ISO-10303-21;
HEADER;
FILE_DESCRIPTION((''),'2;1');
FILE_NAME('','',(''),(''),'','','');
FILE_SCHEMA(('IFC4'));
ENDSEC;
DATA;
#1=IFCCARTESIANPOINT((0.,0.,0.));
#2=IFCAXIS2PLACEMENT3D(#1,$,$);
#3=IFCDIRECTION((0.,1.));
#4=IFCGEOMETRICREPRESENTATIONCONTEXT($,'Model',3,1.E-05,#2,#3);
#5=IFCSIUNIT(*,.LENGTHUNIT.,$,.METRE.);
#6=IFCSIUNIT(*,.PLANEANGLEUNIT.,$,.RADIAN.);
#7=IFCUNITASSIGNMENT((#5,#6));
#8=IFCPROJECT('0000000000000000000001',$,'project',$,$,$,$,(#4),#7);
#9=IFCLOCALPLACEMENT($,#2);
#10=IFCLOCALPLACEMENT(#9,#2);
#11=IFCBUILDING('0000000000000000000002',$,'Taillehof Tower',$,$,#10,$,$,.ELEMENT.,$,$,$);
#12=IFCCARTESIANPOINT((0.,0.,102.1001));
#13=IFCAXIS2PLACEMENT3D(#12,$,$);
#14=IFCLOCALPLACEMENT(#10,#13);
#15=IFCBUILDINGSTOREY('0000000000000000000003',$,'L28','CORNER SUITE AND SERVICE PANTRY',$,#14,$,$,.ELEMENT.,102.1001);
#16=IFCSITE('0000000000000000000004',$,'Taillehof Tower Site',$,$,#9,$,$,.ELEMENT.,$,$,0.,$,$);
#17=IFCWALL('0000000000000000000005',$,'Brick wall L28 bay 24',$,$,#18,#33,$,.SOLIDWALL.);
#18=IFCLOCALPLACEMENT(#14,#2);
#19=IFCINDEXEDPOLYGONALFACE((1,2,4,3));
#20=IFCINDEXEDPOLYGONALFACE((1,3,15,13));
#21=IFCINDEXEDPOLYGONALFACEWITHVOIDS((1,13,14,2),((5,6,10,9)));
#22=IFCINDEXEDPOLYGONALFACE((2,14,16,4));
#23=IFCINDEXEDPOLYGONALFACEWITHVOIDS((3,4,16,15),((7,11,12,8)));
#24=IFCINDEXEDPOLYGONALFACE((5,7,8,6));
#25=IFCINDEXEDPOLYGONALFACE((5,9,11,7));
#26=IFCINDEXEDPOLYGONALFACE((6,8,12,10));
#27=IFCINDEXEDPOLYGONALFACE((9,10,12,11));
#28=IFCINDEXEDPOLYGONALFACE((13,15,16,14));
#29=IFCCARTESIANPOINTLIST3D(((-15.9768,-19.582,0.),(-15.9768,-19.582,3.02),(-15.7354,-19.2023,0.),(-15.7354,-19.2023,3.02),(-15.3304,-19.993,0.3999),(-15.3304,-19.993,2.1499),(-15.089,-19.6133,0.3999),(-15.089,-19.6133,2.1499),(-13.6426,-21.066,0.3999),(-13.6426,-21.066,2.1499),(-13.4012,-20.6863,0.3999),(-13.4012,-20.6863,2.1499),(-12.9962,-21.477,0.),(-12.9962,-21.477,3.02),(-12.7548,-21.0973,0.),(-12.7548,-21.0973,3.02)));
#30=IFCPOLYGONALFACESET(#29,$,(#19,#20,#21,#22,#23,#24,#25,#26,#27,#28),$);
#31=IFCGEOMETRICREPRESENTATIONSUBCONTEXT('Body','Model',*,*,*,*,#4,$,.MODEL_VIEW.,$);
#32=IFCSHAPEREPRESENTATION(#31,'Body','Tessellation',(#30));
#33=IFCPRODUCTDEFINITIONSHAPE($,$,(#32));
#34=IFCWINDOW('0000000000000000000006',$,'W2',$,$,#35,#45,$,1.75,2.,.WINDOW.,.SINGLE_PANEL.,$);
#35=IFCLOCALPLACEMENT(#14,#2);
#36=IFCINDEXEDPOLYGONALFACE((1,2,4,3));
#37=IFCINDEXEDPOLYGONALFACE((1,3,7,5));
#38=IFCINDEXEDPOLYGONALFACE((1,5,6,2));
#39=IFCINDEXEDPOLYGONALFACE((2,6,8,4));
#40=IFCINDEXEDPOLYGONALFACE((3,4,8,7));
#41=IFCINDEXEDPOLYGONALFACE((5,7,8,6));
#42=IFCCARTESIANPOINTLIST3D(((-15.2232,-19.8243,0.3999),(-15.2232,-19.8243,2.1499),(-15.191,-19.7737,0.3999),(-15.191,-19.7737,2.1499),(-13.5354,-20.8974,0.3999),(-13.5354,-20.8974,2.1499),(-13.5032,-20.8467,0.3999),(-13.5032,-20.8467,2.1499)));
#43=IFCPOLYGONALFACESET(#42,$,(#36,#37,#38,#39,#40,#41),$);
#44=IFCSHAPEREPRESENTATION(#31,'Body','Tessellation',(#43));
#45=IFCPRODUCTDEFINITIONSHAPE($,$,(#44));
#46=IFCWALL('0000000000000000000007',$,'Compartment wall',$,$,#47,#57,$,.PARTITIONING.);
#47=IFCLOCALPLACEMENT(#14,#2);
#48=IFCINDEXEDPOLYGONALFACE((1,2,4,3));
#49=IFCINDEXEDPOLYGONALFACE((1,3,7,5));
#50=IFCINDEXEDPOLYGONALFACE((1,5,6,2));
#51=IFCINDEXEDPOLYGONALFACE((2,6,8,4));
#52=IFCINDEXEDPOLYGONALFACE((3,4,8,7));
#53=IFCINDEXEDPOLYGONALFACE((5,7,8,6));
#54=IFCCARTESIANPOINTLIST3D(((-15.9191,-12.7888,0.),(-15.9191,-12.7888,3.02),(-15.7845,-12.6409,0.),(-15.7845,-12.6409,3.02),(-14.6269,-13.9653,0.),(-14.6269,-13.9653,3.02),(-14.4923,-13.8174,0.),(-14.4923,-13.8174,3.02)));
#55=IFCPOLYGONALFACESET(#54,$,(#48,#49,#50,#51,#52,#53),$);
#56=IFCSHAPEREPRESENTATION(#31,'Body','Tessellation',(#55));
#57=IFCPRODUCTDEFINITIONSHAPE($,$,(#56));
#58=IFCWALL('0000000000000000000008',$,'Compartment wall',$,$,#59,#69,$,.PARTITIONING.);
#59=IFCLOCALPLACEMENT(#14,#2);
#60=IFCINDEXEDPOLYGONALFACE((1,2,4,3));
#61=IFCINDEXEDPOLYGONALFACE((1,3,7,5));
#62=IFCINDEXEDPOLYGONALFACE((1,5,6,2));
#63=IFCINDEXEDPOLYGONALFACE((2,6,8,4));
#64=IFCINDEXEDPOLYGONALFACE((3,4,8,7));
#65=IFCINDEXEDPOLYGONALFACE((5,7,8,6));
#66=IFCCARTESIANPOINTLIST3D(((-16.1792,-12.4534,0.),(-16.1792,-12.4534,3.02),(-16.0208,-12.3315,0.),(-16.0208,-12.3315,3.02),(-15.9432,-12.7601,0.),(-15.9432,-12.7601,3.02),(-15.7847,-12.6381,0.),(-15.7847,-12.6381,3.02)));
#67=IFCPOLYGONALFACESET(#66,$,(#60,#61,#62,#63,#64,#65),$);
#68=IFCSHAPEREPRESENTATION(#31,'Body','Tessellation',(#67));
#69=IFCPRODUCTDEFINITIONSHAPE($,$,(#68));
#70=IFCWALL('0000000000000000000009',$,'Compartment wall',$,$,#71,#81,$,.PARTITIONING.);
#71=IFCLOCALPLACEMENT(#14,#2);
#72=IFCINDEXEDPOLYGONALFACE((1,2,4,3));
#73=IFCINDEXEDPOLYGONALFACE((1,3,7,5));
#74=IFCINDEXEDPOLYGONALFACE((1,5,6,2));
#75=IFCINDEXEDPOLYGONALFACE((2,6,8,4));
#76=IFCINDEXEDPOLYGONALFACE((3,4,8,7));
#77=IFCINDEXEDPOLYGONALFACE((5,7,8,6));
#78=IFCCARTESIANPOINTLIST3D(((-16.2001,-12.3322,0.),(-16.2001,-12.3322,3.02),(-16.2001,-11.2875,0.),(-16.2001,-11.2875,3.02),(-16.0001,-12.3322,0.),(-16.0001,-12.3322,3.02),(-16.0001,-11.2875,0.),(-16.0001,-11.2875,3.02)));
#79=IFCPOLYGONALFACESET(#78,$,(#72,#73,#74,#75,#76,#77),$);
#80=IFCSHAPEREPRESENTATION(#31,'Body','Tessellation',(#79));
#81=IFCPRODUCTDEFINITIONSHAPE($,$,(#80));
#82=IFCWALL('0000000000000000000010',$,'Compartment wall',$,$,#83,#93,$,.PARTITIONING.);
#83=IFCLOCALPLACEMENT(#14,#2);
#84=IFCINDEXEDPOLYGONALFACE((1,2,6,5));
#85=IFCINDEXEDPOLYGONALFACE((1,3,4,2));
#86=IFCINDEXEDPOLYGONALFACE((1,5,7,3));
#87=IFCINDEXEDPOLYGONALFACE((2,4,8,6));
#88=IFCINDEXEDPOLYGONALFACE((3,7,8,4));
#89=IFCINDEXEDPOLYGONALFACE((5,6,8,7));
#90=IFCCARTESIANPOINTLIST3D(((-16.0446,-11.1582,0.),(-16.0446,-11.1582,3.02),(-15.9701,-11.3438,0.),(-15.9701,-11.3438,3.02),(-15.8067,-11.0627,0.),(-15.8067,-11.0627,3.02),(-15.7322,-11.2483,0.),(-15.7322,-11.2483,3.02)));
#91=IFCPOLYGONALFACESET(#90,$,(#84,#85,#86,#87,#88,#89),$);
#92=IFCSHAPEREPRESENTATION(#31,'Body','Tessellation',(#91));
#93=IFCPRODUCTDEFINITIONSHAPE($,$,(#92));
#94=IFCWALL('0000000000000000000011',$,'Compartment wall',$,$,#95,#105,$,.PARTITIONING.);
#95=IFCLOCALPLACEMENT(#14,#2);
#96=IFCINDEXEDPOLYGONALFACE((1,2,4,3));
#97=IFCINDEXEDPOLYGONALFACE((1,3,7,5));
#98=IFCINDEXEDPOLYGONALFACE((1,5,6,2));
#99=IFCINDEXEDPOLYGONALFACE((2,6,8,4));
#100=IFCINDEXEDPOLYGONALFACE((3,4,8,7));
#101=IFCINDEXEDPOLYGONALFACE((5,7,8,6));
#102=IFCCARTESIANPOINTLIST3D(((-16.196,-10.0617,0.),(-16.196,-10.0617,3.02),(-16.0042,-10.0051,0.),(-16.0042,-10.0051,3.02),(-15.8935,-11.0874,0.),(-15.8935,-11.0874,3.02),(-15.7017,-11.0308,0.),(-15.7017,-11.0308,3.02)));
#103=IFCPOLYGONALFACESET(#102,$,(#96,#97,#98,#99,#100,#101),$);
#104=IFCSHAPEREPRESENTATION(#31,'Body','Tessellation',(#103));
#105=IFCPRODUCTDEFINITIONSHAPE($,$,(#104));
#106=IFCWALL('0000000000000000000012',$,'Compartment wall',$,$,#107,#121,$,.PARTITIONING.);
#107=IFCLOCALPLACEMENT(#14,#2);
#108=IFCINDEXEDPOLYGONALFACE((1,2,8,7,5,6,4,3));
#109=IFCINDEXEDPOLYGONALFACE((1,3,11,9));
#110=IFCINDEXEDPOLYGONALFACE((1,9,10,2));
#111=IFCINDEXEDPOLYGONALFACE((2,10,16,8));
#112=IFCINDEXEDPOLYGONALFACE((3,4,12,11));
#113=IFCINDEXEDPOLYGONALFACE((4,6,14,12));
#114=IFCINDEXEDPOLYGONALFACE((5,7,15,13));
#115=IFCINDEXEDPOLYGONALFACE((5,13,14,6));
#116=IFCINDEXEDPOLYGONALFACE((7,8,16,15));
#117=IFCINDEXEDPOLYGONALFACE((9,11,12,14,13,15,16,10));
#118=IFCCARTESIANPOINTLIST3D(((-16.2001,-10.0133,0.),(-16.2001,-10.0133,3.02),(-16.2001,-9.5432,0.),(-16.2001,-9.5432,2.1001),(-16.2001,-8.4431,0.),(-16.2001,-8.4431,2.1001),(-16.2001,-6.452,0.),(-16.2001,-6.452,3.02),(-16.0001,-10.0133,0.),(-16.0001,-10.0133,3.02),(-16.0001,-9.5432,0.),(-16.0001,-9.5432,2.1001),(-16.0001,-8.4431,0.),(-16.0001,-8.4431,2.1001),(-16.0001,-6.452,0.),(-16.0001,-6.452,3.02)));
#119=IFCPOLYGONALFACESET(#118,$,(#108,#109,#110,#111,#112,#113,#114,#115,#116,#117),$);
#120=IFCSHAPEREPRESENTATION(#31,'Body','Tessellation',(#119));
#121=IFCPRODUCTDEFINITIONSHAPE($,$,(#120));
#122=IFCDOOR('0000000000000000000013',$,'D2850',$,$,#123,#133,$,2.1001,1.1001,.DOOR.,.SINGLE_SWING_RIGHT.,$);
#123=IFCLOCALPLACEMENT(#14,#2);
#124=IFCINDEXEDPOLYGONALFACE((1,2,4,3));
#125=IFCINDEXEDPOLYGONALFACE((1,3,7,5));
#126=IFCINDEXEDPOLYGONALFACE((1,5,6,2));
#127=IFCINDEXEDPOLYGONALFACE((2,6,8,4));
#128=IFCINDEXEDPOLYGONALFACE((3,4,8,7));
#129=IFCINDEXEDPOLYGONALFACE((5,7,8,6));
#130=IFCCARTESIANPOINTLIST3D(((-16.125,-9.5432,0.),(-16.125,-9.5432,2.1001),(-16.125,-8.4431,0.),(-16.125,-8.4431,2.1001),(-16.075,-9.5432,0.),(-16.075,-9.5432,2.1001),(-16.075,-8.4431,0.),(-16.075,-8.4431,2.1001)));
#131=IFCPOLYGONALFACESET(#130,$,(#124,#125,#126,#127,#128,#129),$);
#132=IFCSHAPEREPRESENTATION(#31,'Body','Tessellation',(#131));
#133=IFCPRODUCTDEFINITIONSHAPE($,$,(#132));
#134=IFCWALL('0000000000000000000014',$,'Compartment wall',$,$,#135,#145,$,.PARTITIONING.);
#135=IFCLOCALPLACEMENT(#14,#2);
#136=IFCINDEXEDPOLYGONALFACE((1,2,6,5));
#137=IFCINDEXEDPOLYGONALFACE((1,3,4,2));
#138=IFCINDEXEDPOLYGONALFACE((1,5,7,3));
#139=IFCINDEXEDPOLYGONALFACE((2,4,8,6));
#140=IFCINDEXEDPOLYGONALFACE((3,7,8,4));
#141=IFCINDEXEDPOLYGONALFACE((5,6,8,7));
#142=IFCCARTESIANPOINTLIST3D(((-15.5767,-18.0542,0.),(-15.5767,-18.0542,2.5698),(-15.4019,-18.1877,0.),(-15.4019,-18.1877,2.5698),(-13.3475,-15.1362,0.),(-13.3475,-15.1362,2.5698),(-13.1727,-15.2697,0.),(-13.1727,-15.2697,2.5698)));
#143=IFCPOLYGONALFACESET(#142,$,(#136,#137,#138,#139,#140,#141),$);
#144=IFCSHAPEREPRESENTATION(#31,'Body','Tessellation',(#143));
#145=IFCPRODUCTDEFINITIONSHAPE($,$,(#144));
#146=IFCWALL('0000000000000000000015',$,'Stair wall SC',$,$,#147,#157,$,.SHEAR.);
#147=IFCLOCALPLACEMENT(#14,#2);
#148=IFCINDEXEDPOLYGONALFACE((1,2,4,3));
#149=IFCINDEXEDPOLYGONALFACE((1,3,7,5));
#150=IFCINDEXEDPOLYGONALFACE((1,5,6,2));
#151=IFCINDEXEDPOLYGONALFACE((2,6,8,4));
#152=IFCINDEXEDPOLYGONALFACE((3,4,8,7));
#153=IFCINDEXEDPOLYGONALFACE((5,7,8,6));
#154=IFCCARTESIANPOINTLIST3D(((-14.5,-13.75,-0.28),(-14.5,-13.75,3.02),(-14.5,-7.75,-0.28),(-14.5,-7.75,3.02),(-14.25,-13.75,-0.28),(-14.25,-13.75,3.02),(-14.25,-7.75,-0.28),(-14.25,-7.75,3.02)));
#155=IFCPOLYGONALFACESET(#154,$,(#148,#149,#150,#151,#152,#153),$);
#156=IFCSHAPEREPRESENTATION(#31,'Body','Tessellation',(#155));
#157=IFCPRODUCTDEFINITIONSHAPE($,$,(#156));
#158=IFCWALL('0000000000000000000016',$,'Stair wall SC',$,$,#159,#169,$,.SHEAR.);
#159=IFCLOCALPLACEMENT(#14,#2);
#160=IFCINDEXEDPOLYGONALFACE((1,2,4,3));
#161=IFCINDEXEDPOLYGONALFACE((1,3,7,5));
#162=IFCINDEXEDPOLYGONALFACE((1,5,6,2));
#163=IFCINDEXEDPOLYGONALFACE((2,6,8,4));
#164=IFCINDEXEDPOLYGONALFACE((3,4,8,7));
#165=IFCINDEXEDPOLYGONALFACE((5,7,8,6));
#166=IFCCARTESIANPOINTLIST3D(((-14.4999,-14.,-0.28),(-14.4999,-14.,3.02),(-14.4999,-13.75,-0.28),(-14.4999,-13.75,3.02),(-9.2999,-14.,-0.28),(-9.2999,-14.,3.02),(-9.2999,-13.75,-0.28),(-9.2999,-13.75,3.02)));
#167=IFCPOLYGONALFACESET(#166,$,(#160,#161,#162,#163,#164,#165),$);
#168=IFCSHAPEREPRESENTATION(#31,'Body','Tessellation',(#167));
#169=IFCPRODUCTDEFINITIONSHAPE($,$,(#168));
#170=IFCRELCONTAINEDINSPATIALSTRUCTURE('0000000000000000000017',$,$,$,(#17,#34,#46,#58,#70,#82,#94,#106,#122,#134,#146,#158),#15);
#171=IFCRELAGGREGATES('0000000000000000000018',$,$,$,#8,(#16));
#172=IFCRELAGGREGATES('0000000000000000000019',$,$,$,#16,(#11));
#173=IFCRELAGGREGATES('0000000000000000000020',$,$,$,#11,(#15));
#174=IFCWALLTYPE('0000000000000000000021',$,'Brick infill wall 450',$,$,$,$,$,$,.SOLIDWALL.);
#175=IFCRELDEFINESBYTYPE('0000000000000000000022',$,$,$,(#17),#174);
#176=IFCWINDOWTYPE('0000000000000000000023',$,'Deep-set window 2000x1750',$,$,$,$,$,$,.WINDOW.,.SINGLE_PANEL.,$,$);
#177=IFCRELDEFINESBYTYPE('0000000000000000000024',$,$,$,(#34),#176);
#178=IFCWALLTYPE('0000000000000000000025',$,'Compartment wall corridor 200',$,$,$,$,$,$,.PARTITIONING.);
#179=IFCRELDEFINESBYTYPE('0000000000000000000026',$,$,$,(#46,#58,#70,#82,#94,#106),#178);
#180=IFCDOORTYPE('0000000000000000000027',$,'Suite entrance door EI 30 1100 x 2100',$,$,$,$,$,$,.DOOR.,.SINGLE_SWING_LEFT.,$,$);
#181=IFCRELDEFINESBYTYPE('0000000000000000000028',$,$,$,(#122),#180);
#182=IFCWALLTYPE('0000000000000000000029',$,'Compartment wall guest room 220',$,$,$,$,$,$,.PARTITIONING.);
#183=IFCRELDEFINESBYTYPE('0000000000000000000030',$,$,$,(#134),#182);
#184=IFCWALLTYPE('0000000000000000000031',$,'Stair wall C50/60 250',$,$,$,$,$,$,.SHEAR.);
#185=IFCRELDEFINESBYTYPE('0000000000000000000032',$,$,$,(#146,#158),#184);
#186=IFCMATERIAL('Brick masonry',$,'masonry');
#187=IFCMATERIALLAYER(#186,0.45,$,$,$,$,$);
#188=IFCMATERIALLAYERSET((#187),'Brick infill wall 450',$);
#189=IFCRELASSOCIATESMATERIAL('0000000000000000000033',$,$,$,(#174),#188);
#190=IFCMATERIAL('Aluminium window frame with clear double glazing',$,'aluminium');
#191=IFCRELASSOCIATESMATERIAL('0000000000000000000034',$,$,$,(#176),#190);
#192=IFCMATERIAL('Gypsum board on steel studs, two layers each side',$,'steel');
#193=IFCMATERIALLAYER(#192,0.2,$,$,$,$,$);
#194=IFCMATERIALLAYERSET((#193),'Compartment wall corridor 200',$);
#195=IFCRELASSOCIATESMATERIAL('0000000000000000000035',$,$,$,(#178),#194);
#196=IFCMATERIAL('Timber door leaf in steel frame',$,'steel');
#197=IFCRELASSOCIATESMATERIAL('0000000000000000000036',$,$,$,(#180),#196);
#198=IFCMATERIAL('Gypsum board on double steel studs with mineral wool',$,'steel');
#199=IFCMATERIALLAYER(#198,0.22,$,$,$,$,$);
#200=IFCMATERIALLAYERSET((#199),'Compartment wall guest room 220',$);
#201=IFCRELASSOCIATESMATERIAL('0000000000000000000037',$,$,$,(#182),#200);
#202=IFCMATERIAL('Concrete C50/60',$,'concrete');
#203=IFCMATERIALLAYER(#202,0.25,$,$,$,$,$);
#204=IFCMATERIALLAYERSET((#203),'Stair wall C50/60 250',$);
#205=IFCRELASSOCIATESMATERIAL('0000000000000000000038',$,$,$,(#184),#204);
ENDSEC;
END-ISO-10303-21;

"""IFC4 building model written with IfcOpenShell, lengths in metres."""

from ifc_helpers import new_model, si_unit, direction, frame, frame_2d, origin, place, context, subcontext, project, spatial, rectangle, extrude, material, layer, layer_set, type_object, element, fill, save


model = new_model("IFC4")

# Units and contexts
model_context = context("Model", 3, precision=1e-05, world=origin(), true_north=direction((0.0, 1.0)))
body_context = subcontext(model_context, "Body", "Model", "MODEL_VIEW")
ifc_project = project(units=[si_unit("LENGTHUNIT", "METRE"), si_unit("PLANEANGLEUNIT", "RADIAN")], contexts=[model_context])

# Site, building, storey
site_placement = place(None, origin())
site = spatial("IfcSite", under=ifc_project, at=site_placement, Name="Taillehof Tower Site", CompositionType="ELEMENT", RefElevation=0.0)
building_placement = place(site_placement, origin())
building = spatial("IfcBuilding", under=site, at=building_placement, Name="Taillehof Tower", CompositionType="ELEMENT")
storey_placement = place(building_placement, frame((0.0, 0.0, 102.1001)))
storey = spatial("IfcBuildingStorey", under=building, at=storey_placement, Name="L28", Description="CORNER SUITE AND SERVICE PANTRY", CompositionType="ELEMENT", Elevation=102.1001)

# Wall, opening, window
ifc_material_1 = material(Name="Brick masonry", Category="masonry")
ifc_layer_1 = layer(ifc_material_1, 0.45)
ifc_layer_set_1 = layer_set([ifc_layer_1], Name="Brick infill wall 450")
wall_type_1 = type_object("IfcWallType", Name="Brick infill wall 450", PredefinedType="SOLIDWALL", material=ifc_layer_set_1)
ifc_material_2 = material(Name="Aluminium window frame with clear double glazing", Category="aluminium")
window_type = type_object("IfcWindowType", Name="Deep-set window 2000x1750", PartitioningType="SINGLE_PANEL", PredefinedType="WINDOW", material=ifc_material_2)
wall_1_placement = place(storey_placement, frame((-15.8562, -19.3921, 0.0), z_axis=(0.0, 0.0, 1.0), x_axis=(0.843892, -0.536513, 0.0)))
wall_1 = element("IfcWall", 1, at=wall_1_placement, inside=storey, type_object=wall_type_1, Name="Brick wall L28 bay 24", PredefinedType="SOLIDWALL", context=body_context, shape_type="SweptSolid", body=[
    extrude(rectangle(XDim=3.532, YDim=0.45, at=frame_2d((1.7661, 0.0))), origin(), (0.0, 0.0, 1.0), 3.02),
])
opening_1_placement = place(wall_1_placement, frame((0.7661, 0.0, 0.3999)))
opening_1 = element("IfcOpeningElement", 2, at=opening_1_placement, cuts=wall_1, PredefinedType="OPENING", context=body_context, shape_type="SweptSolid", body=[
    extrude(rectangle(XDim=2.0, YDim=1.75, at=frame_2d((1.0, 0.875))), frame((0.0, 0.2349, 0.0), z_axis=(0.0, -1.0, 0.0), x_axis=(1.0, 0.0, 0.0)), (0.0, 0.0, 1.0), 0.47),
])
window_1_placement = place(opening_1_placement, origin())
window_1 = element("IfcWindow", 3, at=window_1_placement, inside=storey, type_object=window_type, Name="W2", OverallHeight=1.75, OverallWidth=2.0, PartitioningType="SINGLE_PANEL", PredefinedType="WINDOW", context=body_context, shape_type="SweptSolid", body=[
    extrude(rectangle(XDim=2.0, YDim=1.75, at=frame_2d((1.0, 0.875))), frame((0.0, 0.0349, 0.0), z_axis=(0.0, -1.0, 0.0), x_axis=(1.0, 0.0, 0.0)), (0.0, 0.0, 1.0), 0.0601),
])
fill(opening_1, window_1)

# Walls
ifc_material_3 = material(Name="Gypsum board on steel studs, two layers each side", Category="steel")
ifc_layer_2 = layer(ifc_material_3, 0.2)
ifc_layer_set_2 = layer_set([ifc_layer_2], Name="Compartment wall corridor 200")
wall_type_2 = type_object("IfcWallType", Name="Compartment wall corridor 200", PredefinedType="PARTITIONING", material=ifc_layer_set_2)
wall_2_placement = place(storey_placement, frame((-14.5596, -13.8914, 0.0), z_axis=(0.0, 0.0, 1.0), x_axis=(-0.73944, 0.673222, 0.0)))
element("IfcWall", 4, at=wall_2_placement, inside=storey, type_object=wall_type_2, Name="Compartment wall", PredefinedType="PARTITIONING", context=body_context, shape_type="SweptSolid", body=[
    extrude(rectangle(XDim=1.7476, YDim=0.2, at=frame_2d((0.8738, 0.0))), origin(), (0.0, 0.0, 1.0), 3.02),
])
wall_3_placement = place(storey_placement, frame((-15.864, -12.699, 0.0), z_axis=(0.0, 0.0, 1.0), x_axis=(-0.610046, 0.792366, 0.0)))
element("IfcWall", 5, at=wall_3_placement, inside=storey, type_object=wall_type_2, Name="Compartment wall", PredefinedType="PARTITIONING", context=body_context, shape_type="SweptSolid", body=[
    extrude(rectangle(XDim=0.387, YDim=0.2, at=frame_2d((0.1934, 0.0))), origin(), (0.0, 0.0, 1.0), 3.02),
])
wall_4_placement = place(storey_placement, frame((-16.1001, -12.3323, 0.0), z_axis=(0.0, 0.0, 1.0), x_axis=(0.0, 1.0, 0.0)))
element("IfcWall", 6, at=wall_4_placement, inside=storey, type_object=wall_type_2, Name="Compartment wall", PredefinedType="PARTITIONING", context=body_context, shape_type="SweptSolid", body=[
    extrude(rectangle(XDim=1.0447, YDim=0.2, at=frame_2d((0.5225, 0.0))), origin(), (0.0, 0.0, 1.0), 3.02),
])
wall_5_placement = place(storey_placement, frame((-16.0073, -11.251, 0.0), z_axis=(0.0, 0.0, 1.0), x_axis=(0.928016, 0.37254, 0.0)))
element("IfcWall", 7, at=wall_5_placement, inside=storey, type_object=wall_type_2, Name="Compartment wall", PredefinedType="PARTITIONING", context=body_context, shape_type="SweptSolid", body=[
    extrude(rectangle(XDim=0.2563, YDim=0.2, at=frame_2d((0.1282, 0.0))), origin(), (0.0, 0.0, 1.0), 3.02),
])
wall_6_placement = place(storey_placement, frame((-15.7976, -11.0591, 0.0), z_axis=(0.0, 0.0, 1.0), x_axis=(-0.282883, 0.959154, 0.0)))
element("IfcWall", 8, at=wall_6_placement, inside=storey, type_object=wall_type_2, Name="Compartment wall", PredefinedType="PARTITIONING", context=body_context, shape_type="SweptSolid", body=[
    extrude(rectangle(XDim=1.0693, YDim=0.2, at=frame_2d((0.5347, 0.0))), origin(), (0.0, 0.0, 1.0), 3.02),
])

# Wall, opening, door
wall_7_placement = place(storey_placement, frame((-16.1001, -10.0134, 0.0), z_axis=(0.0, 0.0, 1.0), x_axis=(0.0, 1.0, 0.0)))
wall_7 = element("IfcWall", 9, at=wall_7_placement, inside=storey, type_object=wall_type_2, Name="Compartment wall", PredefinedType="PARTITIONING", context=body_context, shape_type="SweptSolid", body=[
    extrude(rectangle(XDim=3.5613, YDim=0.2, at=frame_2d((1.7808, 0.0))), origin(), (0.0, 0.0, 1.0), 3.02),
])
opening_2_placement = place(wall_7_placement, frame((0.4702, 0.0, 0.0)))
opening_2 = element("IfcOpeningElement", 10, at=opening_2_placement, cuts=wall_7, PredefinedType="OPENING", context=body_context, shape_type="SweptSolid", body=[
    extrude(rectangle(XDim=1.1001, YDim=2.1001, at=frame_2d((0.55, 1.05))), frame((0.0, 0.1099, 0.0), z_axis=(0.0, -1.0, 0.0), x_axis=(1.0, 0.0, 0.0)), (0.0, 0.0, 1.0), 0.22),
])
ifc_material_4 = material(Name="Timber door leaf in steel frame", Category="steel")
door_type = type_object("IfcDoorType", Name="Suite entrance door EI 30 1100 x 2100", OperationType="SINGLE_SWING_LEFT", PredefinedType="DOOR", material=ifc_material_4)
door_placement = place(opening_2_placement, origin())
door = element("IfcDoor", 11, at=door_placement, inside=storey, type_object=door_type, Name="D2850", OperationType="SINGLE_SWING_RIGHT", OverallHeight=2.1001, OverallWidth=1.1001, PredefinedType="DOOR", context=body_context, shape_type="SweptSolid", body=[
    extrude(rectangle(XDim=1.1001, YDim=2.1001, at=frame_2d((0.55, 1.05))), frame((0.0, 0.0249, 0.0), z_axis=(0.0, -1.0, 0.0), x_axis=(1.0, 0.0, 0.0)), (0.0, 0.0, 1.0), 0.05),
])
fill(opening_2, door)

# Walls
ifc_material_5 = material(Name="Gypsum board on double steel studs with mineral wool", Category="steel")
ifc_layer_3 = layer(ifc_material_5, 0.22)
ifc_layer_set_3 = layer_set([ifc_layer_3], Name="Compartment wall guest room 220")
wall_type_3 = type_object("IfcWallType", Name="Compartment wall guest room 220", PredefinedType="PARTITIONING", material=ifc_layer_set_3)
wall_8_placement = place(storey_placement, frame((-15.4893, -18.1208, 0.0), z_axis=(0.0, 0.0, 1.0), x_axis=(0.607082, 0.794639, 0.0)))
element("IfcWall", 12, at=wall_8_placement, inside=storey, type_object=wall_type_3, Name="Compartment wall", PredefinedType="PARTITIONING", context=body_context, shape_type="SweptSolid", body=[
    extrude(rectangle(XDim=3.6721, YDim=0.22, at=frame_2d((1.8359, 0.0))), origin(), (0.0, 0.0, 1.0), 2.5698),
])
ifc_material_6 = material(Name="Concrete C50/60", Category="concrete")
ifc_layer_4 = layer(ifc_material_6, 0.25)
ifc_layer_set_4 = layer_set([ifc_layer_4], Name="Stair wall C50/60 250")
wall_type_4 = type_object("IfcWallType", Name="Stair wall C50/60 250", PredefinedType="SHEAR", material=ifc_layer_set_4)
wall_9_placement = place(storey_placement, frame((-14.375, -13.75, -0.28), z_axis=(0.0, 0.0, 1.0), x_axis=(0.0, 1.0, 0.0)))
element("IfcWall", 13, at=wall_9_placement, inside=storey, type_object=wall_type_4, Name="Stair wall SC", PredefinedType="SHEAR", context=body_context, shape_type="SweptSolid", body=[
    extrude(rectangle(XDim=6.0, YDim=0.25, at=frame_2d((3.0, 0.0))), origin(), (0.0, 0.0, 1.0), 3.3),
])
wall_10_placement = place(storey_placement, frame((-14.5, -13.875, -0.28), z_axis=(0.0, 0.0, 1.0), x_axis=(1.0, 0.0, 0.0)))
element("IfcWall", 14, at=wall_10_placement, inside=storey, type_object=wall_type_4, Name="Stair wall SC", PredefinedType="SHEAR", context=body_context, shape_type="SweptSolid", body=[
    extrude(rectangle(XDim=5.2, YDim=0.25, at=frame_2d((2.6001, 0.0))), origin(), (0.0, 0.0, 1.0), 3.3),
])

save(model, "model.ifc")
